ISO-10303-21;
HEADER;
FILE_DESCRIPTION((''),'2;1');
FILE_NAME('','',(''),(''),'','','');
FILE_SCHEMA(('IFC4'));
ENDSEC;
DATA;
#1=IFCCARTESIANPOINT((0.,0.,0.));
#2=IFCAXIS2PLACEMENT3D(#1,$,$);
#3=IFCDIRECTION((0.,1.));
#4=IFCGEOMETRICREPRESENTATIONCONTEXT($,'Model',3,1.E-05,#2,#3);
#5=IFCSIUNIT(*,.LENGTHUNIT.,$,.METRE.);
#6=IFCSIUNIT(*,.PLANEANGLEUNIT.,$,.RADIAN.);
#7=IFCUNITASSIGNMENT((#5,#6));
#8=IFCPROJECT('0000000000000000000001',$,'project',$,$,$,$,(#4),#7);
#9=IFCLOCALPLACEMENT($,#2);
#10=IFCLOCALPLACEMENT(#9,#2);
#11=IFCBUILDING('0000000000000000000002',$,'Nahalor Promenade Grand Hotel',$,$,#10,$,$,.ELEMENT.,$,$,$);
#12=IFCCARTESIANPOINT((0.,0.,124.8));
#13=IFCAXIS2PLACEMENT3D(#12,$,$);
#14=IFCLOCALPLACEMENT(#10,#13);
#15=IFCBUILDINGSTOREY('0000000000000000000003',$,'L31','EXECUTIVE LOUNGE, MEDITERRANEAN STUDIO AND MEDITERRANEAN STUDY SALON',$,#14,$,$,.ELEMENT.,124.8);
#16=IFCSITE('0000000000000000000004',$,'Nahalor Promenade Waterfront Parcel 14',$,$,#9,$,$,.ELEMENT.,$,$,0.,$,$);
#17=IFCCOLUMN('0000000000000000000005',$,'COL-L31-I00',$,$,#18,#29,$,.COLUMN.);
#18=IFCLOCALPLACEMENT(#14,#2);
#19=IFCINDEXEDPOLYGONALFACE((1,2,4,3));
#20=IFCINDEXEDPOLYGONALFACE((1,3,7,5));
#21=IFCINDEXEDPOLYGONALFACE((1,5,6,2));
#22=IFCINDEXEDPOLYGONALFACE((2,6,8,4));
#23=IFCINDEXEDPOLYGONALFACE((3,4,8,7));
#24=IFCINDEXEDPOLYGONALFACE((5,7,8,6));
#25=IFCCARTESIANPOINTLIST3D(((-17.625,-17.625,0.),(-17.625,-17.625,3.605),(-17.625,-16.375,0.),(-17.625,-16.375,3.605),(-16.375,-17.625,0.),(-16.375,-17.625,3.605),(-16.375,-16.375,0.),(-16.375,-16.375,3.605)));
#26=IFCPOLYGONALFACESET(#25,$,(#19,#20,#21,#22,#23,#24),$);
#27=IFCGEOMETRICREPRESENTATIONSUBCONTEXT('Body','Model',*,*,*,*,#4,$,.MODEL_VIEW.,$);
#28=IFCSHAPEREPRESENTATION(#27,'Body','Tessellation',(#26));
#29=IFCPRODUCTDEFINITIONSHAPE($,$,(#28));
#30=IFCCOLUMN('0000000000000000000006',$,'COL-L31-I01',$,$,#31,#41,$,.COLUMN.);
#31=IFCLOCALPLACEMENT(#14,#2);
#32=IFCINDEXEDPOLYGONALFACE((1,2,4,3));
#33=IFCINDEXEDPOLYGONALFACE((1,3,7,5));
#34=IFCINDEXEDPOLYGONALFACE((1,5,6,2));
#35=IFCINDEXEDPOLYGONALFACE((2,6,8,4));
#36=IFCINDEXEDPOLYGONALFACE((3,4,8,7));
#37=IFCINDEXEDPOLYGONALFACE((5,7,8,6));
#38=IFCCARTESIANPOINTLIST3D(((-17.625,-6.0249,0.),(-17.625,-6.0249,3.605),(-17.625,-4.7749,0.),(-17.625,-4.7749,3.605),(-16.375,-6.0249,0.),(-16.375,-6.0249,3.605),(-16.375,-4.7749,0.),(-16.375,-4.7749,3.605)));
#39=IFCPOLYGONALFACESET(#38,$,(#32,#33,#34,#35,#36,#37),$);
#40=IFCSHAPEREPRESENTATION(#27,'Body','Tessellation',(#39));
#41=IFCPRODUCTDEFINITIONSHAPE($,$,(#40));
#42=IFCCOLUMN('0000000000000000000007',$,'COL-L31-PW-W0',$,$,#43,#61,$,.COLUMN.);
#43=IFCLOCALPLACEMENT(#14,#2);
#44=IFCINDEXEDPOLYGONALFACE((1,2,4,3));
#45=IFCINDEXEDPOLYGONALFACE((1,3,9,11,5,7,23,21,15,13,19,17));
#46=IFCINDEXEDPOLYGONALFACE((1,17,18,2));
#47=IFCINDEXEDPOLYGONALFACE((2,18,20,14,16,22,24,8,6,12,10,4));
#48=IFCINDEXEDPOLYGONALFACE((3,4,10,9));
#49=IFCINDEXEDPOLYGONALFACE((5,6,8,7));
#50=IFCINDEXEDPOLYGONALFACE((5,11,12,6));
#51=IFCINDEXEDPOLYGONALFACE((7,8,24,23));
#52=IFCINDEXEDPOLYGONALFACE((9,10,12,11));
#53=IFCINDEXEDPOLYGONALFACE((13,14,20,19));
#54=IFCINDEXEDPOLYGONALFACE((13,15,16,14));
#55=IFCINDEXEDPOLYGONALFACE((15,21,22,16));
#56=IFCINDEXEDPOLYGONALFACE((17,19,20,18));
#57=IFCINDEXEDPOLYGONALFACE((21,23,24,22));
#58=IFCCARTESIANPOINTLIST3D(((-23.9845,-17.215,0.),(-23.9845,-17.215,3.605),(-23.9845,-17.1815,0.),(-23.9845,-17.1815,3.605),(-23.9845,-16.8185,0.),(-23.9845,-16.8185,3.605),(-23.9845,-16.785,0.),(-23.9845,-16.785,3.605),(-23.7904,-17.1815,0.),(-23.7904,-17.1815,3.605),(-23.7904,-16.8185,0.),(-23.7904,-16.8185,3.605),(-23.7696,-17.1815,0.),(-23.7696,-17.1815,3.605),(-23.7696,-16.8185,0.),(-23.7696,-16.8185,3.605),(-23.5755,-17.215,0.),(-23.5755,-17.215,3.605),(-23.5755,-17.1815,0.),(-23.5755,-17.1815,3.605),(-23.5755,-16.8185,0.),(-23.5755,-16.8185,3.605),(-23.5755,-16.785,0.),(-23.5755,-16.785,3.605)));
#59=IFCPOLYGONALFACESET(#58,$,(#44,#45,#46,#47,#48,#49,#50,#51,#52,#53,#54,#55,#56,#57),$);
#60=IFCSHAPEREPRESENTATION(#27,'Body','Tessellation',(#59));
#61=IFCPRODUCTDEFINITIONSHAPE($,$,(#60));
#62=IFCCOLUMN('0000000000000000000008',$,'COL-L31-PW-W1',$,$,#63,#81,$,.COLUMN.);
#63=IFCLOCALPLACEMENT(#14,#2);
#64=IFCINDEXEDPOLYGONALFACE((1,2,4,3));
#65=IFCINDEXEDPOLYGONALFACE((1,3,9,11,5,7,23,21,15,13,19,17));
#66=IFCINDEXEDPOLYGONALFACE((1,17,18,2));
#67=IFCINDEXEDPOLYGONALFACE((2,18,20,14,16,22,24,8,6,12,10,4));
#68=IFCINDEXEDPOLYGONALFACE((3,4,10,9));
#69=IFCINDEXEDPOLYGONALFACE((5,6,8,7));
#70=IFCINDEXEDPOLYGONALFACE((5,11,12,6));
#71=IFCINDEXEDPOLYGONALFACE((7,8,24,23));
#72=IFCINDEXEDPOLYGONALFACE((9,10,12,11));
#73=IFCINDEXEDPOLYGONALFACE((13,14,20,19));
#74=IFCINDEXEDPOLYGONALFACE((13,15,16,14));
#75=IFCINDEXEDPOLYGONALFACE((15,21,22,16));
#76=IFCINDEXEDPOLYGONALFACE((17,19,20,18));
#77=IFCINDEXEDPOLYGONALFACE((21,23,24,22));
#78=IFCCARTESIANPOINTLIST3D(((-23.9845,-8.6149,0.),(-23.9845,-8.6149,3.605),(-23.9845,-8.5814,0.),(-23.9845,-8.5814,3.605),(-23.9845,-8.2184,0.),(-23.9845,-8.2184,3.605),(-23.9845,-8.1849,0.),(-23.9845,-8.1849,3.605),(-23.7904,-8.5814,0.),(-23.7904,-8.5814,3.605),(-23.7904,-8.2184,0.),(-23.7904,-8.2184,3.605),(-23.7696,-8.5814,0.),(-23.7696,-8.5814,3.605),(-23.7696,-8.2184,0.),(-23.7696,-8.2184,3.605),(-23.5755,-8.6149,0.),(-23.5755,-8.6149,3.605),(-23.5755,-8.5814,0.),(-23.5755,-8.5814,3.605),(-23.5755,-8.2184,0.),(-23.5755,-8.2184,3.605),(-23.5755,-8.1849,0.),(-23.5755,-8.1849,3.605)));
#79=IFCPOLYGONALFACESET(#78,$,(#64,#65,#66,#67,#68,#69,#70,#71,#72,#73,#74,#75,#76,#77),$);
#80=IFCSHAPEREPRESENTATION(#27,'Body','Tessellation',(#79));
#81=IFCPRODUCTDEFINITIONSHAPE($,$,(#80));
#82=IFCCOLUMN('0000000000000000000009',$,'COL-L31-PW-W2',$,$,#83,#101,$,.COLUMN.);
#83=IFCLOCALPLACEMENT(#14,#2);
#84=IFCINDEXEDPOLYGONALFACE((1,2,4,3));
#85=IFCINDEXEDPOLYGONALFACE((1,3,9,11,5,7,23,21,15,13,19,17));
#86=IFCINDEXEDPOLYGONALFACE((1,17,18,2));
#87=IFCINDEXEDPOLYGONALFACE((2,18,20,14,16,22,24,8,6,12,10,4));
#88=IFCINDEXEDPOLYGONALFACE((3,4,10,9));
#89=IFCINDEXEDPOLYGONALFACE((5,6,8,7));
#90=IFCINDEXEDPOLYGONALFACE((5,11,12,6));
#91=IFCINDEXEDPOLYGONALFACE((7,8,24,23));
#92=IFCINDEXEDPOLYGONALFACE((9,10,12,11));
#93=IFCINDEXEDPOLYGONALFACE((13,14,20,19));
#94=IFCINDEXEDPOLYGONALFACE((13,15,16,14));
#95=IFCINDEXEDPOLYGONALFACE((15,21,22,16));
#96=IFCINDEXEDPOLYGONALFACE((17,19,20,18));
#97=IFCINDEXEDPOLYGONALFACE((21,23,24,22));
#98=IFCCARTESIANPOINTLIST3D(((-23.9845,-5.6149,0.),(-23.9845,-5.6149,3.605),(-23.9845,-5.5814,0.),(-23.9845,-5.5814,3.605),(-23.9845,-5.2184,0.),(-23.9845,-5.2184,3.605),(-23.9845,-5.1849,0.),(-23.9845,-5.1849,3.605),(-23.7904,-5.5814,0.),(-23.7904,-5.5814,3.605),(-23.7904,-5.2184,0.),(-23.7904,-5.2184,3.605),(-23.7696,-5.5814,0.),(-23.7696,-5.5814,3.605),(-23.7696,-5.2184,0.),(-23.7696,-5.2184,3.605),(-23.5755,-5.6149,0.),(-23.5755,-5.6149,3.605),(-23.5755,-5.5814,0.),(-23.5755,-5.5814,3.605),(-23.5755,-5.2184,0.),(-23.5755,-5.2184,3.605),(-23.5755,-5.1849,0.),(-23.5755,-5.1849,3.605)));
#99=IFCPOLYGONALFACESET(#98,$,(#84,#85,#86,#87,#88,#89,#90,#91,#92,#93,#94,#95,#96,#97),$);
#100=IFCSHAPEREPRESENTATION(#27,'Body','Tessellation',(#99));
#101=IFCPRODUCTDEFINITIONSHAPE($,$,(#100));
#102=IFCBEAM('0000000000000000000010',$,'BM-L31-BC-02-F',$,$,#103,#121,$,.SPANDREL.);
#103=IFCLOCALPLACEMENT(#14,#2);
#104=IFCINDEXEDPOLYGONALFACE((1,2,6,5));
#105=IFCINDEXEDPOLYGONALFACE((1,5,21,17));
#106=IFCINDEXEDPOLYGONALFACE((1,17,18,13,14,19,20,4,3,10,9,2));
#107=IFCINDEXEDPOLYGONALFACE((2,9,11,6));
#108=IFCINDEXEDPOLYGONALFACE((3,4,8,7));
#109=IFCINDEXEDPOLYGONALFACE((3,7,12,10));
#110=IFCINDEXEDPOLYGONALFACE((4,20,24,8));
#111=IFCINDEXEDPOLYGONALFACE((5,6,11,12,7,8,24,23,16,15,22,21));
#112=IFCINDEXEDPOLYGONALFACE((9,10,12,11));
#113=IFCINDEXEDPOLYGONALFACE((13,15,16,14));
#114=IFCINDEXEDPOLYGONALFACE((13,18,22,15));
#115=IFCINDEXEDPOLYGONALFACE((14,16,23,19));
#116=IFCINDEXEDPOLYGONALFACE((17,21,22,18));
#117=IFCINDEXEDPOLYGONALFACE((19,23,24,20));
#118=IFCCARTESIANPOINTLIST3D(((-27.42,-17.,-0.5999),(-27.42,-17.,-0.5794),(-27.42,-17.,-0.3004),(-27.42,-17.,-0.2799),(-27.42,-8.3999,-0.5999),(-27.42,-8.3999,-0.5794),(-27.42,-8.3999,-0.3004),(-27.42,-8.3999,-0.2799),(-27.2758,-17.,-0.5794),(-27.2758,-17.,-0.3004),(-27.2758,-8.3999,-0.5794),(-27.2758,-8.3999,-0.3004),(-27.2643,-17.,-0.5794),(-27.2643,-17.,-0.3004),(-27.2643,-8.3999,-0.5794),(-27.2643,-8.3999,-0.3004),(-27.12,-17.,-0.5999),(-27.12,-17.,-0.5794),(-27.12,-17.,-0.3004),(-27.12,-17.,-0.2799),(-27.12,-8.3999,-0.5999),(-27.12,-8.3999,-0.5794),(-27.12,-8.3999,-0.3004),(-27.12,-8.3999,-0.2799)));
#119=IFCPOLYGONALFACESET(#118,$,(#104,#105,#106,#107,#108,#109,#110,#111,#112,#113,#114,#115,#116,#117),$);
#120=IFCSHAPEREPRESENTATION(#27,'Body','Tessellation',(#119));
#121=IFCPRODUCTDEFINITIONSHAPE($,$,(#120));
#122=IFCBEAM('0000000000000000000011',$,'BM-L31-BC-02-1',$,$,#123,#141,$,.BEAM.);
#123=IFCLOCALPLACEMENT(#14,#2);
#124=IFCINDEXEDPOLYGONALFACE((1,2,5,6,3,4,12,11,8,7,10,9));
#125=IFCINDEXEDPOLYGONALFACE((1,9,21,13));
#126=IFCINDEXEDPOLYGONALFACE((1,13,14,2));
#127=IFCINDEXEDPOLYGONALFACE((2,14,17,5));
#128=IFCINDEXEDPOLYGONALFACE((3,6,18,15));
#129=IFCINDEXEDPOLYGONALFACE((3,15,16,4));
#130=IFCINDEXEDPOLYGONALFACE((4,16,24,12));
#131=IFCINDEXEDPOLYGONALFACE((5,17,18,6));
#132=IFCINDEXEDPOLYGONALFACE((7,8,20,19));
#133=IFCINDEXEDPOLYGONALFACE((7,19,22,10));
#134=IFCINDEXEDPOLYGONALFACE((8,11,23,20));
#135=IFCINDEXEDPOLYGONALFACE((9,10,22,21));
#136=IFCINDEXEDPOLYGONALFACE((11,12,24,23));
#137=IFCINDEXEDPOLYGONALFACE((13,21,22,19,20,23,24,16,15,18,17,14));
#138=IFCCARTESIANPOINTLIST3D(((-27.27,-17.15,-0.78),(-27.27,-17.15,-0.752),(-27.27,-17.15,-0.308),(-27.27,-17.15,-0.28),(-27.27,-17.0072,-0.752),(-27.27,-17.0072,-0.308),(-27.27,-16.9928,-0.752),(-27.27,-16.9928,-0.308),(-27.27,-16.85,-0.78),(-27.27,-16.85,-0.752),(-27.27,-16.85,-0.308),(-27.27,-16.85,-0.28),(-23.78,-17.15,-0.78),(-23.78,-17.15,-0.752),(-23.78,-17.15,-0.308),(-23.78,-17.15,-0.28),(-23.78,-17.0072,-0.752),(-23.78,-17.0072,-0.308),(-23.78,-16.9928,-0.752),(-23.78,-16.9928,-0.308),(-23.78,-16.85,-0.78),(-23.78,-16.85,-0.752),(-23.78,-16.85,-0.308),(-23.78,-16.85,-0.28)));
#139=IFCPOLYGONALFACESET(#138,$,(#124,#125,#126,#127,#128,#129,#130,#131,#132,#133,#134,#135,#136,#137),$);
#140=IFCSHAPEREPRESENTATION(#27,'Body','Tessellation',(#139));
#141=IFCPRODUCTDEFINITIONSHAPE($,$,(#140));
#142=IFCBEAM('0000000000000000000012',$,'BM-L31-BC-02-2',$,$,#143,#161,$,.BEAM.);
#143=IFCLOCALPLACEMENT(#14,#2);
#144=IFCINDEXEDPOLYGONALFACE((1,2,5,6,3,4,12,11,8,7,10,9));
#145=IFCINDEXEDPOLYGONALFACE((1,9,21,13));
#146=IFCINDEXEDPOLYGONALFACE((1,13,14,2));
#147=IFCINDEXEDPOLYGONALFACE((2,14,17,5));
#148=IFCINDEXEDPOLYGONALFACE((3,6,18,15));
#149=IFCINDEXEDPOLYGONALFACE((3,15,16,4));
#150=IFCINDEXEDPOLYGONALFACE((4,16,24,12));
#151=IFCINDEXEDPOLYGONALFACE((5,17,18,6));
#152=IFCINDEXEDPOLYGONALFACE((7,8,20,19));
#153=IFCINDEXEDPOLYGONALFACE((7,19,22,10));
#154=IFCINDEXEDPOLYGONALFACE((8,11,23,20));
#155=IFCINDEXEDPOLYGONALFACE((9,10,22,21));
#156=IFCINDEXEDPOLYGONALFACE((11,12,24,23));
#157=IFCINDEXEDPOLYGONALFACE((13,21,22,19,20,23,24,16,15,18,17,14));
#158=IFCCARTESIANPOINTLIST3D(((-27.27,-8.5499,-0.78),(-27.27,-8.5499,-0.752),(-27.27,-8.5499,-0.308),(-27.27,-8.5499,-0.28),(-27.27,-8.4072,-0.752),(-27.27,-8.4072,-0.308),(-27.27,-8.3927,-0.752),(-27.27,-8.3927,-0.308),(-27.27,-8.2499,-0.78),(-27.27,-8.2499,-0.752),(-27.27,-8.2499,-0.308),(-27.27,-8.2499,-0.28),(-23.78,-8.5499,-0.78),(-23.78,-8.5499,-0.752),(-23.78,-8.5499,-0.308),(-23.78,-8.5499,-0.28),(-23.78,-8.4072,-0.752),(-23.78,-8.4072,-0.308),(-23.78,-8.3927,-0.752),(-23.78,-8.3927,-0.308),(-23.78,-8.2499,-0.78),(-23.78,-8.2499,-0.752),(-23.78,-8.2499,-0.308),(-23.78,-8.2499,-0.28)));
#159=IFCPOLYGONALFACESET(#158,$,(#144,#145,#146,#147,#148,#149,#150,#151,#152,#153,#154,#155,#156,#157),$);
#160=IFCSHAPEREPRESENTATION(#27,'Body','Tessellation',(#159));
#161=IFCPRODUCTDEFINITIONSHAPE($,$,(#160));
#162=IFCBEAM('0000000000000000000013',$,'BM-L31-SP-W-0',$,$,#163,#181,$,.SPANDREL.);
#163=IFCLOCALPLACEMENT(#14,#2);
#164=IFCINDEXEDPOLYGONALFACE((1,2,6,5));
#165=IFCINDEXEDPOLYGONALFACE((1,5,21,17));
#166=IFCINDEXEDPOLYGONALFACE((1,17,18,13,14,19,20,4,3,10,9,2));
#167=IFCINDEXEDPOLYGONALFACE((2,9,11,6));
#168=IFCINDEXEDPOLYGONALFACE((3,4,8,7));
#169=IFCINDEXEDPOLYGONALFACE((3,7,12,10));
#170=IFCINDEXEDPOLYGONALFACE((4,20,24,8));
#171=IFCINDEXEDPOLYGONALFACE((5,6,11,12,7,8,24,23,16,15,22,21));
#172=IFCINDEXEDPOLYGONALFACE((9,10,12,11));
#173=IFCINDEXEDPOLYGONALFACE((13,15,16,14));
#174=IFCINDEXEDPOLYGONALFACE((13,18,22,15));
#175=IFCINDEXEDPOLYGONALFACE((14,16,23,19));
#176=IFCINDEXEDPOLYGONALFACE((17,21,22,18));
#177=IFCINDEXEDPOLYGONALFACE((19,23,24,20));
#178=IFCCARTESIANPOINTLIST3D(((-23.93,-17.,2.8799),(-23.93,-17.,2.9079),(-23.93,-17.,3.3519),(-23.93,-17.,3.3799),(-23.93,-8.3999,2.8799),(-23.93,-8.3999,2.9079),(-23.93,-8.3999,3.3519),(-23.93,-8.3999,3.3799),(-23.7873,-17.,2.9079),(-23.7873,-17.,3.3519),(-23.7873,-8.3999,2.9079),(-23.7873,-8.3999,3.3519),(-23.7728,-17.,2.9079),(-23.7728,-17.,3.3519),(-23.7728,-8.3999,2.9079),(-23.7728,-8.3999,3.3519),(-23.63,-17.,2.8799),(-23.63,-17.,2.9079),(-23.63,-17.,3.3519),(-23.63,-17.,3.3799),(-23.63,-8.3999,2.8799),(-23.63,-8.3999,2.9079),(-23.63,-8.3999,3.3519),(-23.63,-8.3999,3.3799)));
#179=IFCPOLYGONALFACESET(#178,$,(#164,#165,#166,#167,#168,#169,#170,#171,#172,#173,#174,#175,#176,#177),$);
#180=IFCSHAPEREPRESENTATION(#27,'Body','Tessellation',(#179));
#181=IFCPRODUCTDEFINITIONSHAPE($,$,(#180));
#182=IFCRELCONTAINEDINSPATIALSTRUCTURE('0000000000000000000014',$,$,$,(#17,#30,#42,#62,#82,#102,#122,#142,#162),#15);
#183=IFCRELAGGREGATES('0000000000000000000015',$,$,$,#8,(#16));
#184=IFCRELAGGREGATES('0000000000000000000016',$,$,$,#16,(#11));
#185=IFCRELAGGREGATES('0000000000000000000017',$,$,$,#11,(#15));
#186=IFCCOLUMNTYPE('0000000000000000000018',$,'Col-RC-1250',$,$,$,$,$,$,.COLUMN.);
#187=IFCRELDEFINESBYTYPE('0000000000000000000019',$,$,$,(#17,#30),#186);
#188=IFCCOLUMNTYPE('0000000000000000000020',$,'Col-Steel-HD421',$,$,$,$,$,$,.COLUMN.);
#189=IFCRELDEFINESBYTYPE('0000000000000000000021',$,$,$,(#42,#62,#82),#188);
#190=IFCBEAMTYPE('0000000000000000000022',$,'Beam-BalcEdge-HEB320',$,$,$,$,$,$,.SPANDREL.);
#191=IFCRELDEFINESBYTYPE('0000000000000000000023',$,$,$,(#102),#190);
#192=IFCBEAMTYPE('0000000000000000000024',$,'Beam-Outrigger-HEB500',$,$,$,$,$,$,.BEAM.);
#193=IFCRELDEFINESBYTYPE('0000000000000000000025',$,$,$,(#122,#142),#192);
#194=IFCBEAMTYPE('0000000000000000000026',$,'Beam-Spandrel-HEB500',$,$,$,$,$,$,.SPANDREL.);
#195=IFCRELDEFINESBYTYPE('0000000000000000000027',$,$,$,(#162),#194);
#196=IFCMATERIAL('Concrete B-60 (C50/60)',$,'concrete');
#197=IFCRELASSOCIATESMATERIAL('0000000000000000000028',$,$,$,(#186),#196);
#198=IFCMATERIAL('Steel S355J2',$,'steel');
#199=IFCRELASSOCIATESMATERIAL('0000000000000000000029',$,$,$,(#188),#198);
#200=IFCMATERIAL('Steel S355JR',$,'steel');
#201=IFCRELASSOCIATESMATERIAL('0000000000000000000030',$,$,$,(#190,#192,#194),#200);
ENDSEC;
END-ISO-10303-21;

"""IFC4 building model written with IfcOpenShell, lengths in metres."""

from ifc_helpers import new_model, si_unit, direction, frame, origin, origin_2d, place, context, subcontext, project, spatial, rectangle, i_section, extrude, source, transform, mapped, material, material_profile, profile_set, type_object, element, save


model = new_model("IFC4")

# Units and contexts
model_context = context("Model", 3, precision=1e-05, world=origin(), true_north=direction((0.0, 1.0)))
body_context = subcontext(model_context, "Body", "Model", "MODEL_VIEW")
ifc_project = project(units=[si_unit("LENGTHUNIT", "METRE"), si_unit("PLANEANGLEUNIT", "RADIAN")], contexts=[model_context])

# Site, building, storey
site_placement = place(None, origin())
site = spatial("IfcSite", under=ifc_project, at=site_placement, Name="Nahalor Promenade Waterfront Parcel 14", CompositionType="ELEMENT", RefElevation=0.0)
building_placement = place(site_placement, origin())
building = spatial("IfcBuilding", under=site, at=building_placement, Name="Nahalor Promenade Grand Hotel", CompositionType="ELEMENT")
storey_placement = place(building_placement, frame((0.0, 0.0, 124.8)))
storey = spatial("IfcBuildingStorey", under=building, at=storey_placement, Name="L31", Description="EXECUTIVE LOUNGE, MEDITERRANEAN STUDIO AND MEDITERRANEAN STUDY SALON", CompositionType="ELEMENT", Elevation=124.8)

# Columns
ifc_material_1 = material(Name="Concrete B-60 (C50/60)", Category="concrete")
ifc_material_profile_1 = material_profile(ifc_material_1, rectangle(XDim=1.25, YDim=1.25, at=origin_2d()), Name="RC 1250x1250")
ifc_profile_set_1 = profile_set([ifc_material_profile_1], Name="Concrete B-60 (C50/60)")
column_type_1 = type_object("IfcColumnType", Name="Col-RC-1250", PredefinedType="COLUMN", material=ifc_profile_set_1)
shared_shape_1 = source(origin(), body_context, "Body", "SweptSolid", [
    extrude(rectangle(XDim=1.25, YDim=1.25, at=origin_2d()), origin(), (0.0, 0.0, 1.0), 3.605),
])
for number, where, z_axis, x_axis, name in (
    (1, (-17.0, -17.0, 0.0), (0.0, 0.0, 1.0), (1.0, 0.0, 0.0), "COL-L31-I00"),
    (2, (-17.0, -5.3999, 0.0), (0.0, 0.0, 1.0), (1.0, 0.0, 0.0), "COL-L31-I01"),
):
    element("IfcColumn", number, at=place(storey_placement, frame(where, z_axis=z_axis, x_axis=x_axis)), inside=storey, type_object=column_type_1, Name=name, PredefinedType="COLUMN", context=body_context, shape_type="MappedRepresentation", body=[
        mapped(shared_shape_1, transform((0.0, 0.0, 0.0), scale=1.0)),
    ])
ifc_material_2 = material(Name="Steel S355J2", Category="steel")
ifc_material_profile_2 = material_profile(ifc_material_2, i_section(OverallWidth=0.409, OverallDepth=0.43, WebThickness=0.0208, FlangeThickness=0.0335, at=origin_2d()), Name="HD 400x421")
ifc_profile_set_2 = profile_set([ifc_material_profile_2], Name="Steel S355J2")
column_type_2 = type_object("IfcColumnType", Name="Col-Steel-HD421", PredefinedType="COLUMN", material=ifc_profile_set_2)
shared_shape_2 = source(origin(), body_context, "Body", "SweptSolid", [
    extrude(i_section(OverallWidth=0.409, OverallDepth=0.43, WebThickness=0.0208, FlangeThickness=0.0335, at=origin_2d()), origin(), (0.0, 0.0, 1.0), 3.605),
])
for number, where, z_axis, x_axis, name in (
    (3, (-23.78, -17.0, 0.0), (0.0, 0.0, 1.0), (1.0, 0.0, 0.0), "COL-L31-PW-W0"),
    (4, (-23.78, -8.3999, 0.0), (0.0, 0.0, 1.0), (1.0, 0.0, 0.0), "COL-L31-PW-W1"),
    (5, (-23.78, -5.3999, 0.0), (0.0, 0.0, 1.0), (1.0, 0.0, 0.0), "COL-L31-PW-W2"),
):
    element("IfcColumn", number, at=place(storey_placement, frame(where, z_axis=z_axis, x_axis=x_axis)), inside=storey, type_object=column_type_2, Name=name, PredefinedType="COLUMN", context=body_context, shape_type="MappedRepresentation", body=[
        mapped(shared_shape_2, transform((0.0, 0.0, 0.0), scale=1.0)),
    ])

# Beams
ifc_material_3 = material(Name="Steel S355JR", Category="steel")
ifc_material_profile_3 = material_profile(ifc_material_3, i_section(OverallWidth=0.3, OverallDepth=0.32, WebThickness=0.0115, FlangeThickness=0.0205, at=origin_2d()), Name="HEB 320")
ifc_profile_set_3 = profile_set([ifc_material_profile_3], Name="Steel S355JR")
beam_type_1 = type_object("IfcBeamType", Name="Beam-BalcEdge-HEB320", PredefinedType="SPANDREL", material=ifc_profile_set_3)
shared_shape_3 = source(origin(), body_context, "Body", "SweptSolid", [
    extrude(i_section(OverallWidth=0.3, OverallDepth=0.32, WebThickness=0.0115, FlangeThickness=0.0205, at=origin_2d()), origin(), (0.0, 0.0, 1.0), 8.6001),
])
beam_1_placement = place(storey_placement, frame((-27.27, -17.0, -0.4399), z_axis=(0.0, 1.0, 0.0), x_axis=(-1.0, 0.0, 0.0)))
element("IfcBeam", 6, at=beam_1_placement, inside=storey, type_object=beam_type_1, Name="BM-L31-BC-02-F", PredefinedType="SPANDREL", context=body_context, shape_type="MappedRepresentation", body=[
    mapped(shared_shape_3, transform((0.0, 0.0, 0.0), scale=1.0)),
])
ifc_material_profile_4 = material_profile(ifc_material_3, i_section(OverallWidth=0.3, OverallDepth=0.5, WebThickness=0.0145, FlangeThickness=0.028, at=origin_2d()), Name="HEB 500")
ifc_profile_set_4 = profile_set([ifc_material_profile_4], Name="Steel S355JR")
beam_type_2 = type_object("IfcBeamType", Name="Beam-Outrigger-HEB500", PredefinedType="BEAM", material=ifc_profile_set_4)
shared_shape_4 = source(origin(), body_context, "Body", "SweptSolid", [
    extrude(i_section(OverallWidth=0.3, OverallDepth=0.5, WebThickness=0.0145, FlangeThickness=0.028, at=origin_2d()), origin(), (0.0, 0.0, 1.0), 3.49),
])
for number, where, z_axis, x_axis, name in (
    (7, (-27.27, -17.0, -0.53), (1.0, 0.0, 0.0), (0.0, 1.0, 0.0), "BM-L31-BC-02-1"),
    (8, (-27.27, -8.3999, -0.53), (1.0, 0.0, 0.0), (0.0, 1.0, 0.0), "BM-L31-BC-02-2"),
):
    element("IfcBeam", number, at=place(storey_placement, frame(where, z_axis=z_axis, x_axis=x_axis)), inside=storey, type_object=beam_type_2, Name=name, PredefinedType="BEAM", context=body_context, shape_type="MappedRepresentation", body=[
        mapped(shared_shape_4, transform((0.0, 0.0, 0.0), scale=1.0)),
    ])
ifc_material_profile_5 = material_profile(ifc_material_3, i_section(OverallWidth=0.3, OverallDepth=0.5, WebThickness=0.0145, FlangeThickness=0.028, at=origin_2d()), Name="HEB 500")
ifc_profile_set_5 = profile_set([ifc_material_profile_5], Name="Steel S355JR")
beam_type_3 = type_object("IfcBeamType", Name="Beam-Spandrel-HEB500", PredefinedType="SPANDREL", material=ifc_profile_set_5)
shared_shape_5 = source(origin(), body_context, "Body", "SweptSolid", [
    extrude(i_section(OverallWidth=0.3, OverallDepth=0.5, WebThickness=0.0145, FlangeThickness=0.028, at=origin_2d()), origin(), (0.0, 0.0, 1.0), 8.6001),
])
beam_2_placement = place(storey_placement, frame((-23.78, -17.0, 3.1299), z_axis=(0.0, 1.0, 0.0), x_axis=(-1.0, 0.0, 0.0)))
element("IfcBeam", 9, at=beam_2_placement, inside=storey, type_object=beam_type_3, Name="BM-L31-SP-W-0", PredefinedType="SPANDREL", context=body_context, shape_type="MappedRepresentation", body=[
    mapped(shared_shape_5, transform((0.0, 0.0, 0.0), scale=1.0)),
])

save(model, "model.ifc")
